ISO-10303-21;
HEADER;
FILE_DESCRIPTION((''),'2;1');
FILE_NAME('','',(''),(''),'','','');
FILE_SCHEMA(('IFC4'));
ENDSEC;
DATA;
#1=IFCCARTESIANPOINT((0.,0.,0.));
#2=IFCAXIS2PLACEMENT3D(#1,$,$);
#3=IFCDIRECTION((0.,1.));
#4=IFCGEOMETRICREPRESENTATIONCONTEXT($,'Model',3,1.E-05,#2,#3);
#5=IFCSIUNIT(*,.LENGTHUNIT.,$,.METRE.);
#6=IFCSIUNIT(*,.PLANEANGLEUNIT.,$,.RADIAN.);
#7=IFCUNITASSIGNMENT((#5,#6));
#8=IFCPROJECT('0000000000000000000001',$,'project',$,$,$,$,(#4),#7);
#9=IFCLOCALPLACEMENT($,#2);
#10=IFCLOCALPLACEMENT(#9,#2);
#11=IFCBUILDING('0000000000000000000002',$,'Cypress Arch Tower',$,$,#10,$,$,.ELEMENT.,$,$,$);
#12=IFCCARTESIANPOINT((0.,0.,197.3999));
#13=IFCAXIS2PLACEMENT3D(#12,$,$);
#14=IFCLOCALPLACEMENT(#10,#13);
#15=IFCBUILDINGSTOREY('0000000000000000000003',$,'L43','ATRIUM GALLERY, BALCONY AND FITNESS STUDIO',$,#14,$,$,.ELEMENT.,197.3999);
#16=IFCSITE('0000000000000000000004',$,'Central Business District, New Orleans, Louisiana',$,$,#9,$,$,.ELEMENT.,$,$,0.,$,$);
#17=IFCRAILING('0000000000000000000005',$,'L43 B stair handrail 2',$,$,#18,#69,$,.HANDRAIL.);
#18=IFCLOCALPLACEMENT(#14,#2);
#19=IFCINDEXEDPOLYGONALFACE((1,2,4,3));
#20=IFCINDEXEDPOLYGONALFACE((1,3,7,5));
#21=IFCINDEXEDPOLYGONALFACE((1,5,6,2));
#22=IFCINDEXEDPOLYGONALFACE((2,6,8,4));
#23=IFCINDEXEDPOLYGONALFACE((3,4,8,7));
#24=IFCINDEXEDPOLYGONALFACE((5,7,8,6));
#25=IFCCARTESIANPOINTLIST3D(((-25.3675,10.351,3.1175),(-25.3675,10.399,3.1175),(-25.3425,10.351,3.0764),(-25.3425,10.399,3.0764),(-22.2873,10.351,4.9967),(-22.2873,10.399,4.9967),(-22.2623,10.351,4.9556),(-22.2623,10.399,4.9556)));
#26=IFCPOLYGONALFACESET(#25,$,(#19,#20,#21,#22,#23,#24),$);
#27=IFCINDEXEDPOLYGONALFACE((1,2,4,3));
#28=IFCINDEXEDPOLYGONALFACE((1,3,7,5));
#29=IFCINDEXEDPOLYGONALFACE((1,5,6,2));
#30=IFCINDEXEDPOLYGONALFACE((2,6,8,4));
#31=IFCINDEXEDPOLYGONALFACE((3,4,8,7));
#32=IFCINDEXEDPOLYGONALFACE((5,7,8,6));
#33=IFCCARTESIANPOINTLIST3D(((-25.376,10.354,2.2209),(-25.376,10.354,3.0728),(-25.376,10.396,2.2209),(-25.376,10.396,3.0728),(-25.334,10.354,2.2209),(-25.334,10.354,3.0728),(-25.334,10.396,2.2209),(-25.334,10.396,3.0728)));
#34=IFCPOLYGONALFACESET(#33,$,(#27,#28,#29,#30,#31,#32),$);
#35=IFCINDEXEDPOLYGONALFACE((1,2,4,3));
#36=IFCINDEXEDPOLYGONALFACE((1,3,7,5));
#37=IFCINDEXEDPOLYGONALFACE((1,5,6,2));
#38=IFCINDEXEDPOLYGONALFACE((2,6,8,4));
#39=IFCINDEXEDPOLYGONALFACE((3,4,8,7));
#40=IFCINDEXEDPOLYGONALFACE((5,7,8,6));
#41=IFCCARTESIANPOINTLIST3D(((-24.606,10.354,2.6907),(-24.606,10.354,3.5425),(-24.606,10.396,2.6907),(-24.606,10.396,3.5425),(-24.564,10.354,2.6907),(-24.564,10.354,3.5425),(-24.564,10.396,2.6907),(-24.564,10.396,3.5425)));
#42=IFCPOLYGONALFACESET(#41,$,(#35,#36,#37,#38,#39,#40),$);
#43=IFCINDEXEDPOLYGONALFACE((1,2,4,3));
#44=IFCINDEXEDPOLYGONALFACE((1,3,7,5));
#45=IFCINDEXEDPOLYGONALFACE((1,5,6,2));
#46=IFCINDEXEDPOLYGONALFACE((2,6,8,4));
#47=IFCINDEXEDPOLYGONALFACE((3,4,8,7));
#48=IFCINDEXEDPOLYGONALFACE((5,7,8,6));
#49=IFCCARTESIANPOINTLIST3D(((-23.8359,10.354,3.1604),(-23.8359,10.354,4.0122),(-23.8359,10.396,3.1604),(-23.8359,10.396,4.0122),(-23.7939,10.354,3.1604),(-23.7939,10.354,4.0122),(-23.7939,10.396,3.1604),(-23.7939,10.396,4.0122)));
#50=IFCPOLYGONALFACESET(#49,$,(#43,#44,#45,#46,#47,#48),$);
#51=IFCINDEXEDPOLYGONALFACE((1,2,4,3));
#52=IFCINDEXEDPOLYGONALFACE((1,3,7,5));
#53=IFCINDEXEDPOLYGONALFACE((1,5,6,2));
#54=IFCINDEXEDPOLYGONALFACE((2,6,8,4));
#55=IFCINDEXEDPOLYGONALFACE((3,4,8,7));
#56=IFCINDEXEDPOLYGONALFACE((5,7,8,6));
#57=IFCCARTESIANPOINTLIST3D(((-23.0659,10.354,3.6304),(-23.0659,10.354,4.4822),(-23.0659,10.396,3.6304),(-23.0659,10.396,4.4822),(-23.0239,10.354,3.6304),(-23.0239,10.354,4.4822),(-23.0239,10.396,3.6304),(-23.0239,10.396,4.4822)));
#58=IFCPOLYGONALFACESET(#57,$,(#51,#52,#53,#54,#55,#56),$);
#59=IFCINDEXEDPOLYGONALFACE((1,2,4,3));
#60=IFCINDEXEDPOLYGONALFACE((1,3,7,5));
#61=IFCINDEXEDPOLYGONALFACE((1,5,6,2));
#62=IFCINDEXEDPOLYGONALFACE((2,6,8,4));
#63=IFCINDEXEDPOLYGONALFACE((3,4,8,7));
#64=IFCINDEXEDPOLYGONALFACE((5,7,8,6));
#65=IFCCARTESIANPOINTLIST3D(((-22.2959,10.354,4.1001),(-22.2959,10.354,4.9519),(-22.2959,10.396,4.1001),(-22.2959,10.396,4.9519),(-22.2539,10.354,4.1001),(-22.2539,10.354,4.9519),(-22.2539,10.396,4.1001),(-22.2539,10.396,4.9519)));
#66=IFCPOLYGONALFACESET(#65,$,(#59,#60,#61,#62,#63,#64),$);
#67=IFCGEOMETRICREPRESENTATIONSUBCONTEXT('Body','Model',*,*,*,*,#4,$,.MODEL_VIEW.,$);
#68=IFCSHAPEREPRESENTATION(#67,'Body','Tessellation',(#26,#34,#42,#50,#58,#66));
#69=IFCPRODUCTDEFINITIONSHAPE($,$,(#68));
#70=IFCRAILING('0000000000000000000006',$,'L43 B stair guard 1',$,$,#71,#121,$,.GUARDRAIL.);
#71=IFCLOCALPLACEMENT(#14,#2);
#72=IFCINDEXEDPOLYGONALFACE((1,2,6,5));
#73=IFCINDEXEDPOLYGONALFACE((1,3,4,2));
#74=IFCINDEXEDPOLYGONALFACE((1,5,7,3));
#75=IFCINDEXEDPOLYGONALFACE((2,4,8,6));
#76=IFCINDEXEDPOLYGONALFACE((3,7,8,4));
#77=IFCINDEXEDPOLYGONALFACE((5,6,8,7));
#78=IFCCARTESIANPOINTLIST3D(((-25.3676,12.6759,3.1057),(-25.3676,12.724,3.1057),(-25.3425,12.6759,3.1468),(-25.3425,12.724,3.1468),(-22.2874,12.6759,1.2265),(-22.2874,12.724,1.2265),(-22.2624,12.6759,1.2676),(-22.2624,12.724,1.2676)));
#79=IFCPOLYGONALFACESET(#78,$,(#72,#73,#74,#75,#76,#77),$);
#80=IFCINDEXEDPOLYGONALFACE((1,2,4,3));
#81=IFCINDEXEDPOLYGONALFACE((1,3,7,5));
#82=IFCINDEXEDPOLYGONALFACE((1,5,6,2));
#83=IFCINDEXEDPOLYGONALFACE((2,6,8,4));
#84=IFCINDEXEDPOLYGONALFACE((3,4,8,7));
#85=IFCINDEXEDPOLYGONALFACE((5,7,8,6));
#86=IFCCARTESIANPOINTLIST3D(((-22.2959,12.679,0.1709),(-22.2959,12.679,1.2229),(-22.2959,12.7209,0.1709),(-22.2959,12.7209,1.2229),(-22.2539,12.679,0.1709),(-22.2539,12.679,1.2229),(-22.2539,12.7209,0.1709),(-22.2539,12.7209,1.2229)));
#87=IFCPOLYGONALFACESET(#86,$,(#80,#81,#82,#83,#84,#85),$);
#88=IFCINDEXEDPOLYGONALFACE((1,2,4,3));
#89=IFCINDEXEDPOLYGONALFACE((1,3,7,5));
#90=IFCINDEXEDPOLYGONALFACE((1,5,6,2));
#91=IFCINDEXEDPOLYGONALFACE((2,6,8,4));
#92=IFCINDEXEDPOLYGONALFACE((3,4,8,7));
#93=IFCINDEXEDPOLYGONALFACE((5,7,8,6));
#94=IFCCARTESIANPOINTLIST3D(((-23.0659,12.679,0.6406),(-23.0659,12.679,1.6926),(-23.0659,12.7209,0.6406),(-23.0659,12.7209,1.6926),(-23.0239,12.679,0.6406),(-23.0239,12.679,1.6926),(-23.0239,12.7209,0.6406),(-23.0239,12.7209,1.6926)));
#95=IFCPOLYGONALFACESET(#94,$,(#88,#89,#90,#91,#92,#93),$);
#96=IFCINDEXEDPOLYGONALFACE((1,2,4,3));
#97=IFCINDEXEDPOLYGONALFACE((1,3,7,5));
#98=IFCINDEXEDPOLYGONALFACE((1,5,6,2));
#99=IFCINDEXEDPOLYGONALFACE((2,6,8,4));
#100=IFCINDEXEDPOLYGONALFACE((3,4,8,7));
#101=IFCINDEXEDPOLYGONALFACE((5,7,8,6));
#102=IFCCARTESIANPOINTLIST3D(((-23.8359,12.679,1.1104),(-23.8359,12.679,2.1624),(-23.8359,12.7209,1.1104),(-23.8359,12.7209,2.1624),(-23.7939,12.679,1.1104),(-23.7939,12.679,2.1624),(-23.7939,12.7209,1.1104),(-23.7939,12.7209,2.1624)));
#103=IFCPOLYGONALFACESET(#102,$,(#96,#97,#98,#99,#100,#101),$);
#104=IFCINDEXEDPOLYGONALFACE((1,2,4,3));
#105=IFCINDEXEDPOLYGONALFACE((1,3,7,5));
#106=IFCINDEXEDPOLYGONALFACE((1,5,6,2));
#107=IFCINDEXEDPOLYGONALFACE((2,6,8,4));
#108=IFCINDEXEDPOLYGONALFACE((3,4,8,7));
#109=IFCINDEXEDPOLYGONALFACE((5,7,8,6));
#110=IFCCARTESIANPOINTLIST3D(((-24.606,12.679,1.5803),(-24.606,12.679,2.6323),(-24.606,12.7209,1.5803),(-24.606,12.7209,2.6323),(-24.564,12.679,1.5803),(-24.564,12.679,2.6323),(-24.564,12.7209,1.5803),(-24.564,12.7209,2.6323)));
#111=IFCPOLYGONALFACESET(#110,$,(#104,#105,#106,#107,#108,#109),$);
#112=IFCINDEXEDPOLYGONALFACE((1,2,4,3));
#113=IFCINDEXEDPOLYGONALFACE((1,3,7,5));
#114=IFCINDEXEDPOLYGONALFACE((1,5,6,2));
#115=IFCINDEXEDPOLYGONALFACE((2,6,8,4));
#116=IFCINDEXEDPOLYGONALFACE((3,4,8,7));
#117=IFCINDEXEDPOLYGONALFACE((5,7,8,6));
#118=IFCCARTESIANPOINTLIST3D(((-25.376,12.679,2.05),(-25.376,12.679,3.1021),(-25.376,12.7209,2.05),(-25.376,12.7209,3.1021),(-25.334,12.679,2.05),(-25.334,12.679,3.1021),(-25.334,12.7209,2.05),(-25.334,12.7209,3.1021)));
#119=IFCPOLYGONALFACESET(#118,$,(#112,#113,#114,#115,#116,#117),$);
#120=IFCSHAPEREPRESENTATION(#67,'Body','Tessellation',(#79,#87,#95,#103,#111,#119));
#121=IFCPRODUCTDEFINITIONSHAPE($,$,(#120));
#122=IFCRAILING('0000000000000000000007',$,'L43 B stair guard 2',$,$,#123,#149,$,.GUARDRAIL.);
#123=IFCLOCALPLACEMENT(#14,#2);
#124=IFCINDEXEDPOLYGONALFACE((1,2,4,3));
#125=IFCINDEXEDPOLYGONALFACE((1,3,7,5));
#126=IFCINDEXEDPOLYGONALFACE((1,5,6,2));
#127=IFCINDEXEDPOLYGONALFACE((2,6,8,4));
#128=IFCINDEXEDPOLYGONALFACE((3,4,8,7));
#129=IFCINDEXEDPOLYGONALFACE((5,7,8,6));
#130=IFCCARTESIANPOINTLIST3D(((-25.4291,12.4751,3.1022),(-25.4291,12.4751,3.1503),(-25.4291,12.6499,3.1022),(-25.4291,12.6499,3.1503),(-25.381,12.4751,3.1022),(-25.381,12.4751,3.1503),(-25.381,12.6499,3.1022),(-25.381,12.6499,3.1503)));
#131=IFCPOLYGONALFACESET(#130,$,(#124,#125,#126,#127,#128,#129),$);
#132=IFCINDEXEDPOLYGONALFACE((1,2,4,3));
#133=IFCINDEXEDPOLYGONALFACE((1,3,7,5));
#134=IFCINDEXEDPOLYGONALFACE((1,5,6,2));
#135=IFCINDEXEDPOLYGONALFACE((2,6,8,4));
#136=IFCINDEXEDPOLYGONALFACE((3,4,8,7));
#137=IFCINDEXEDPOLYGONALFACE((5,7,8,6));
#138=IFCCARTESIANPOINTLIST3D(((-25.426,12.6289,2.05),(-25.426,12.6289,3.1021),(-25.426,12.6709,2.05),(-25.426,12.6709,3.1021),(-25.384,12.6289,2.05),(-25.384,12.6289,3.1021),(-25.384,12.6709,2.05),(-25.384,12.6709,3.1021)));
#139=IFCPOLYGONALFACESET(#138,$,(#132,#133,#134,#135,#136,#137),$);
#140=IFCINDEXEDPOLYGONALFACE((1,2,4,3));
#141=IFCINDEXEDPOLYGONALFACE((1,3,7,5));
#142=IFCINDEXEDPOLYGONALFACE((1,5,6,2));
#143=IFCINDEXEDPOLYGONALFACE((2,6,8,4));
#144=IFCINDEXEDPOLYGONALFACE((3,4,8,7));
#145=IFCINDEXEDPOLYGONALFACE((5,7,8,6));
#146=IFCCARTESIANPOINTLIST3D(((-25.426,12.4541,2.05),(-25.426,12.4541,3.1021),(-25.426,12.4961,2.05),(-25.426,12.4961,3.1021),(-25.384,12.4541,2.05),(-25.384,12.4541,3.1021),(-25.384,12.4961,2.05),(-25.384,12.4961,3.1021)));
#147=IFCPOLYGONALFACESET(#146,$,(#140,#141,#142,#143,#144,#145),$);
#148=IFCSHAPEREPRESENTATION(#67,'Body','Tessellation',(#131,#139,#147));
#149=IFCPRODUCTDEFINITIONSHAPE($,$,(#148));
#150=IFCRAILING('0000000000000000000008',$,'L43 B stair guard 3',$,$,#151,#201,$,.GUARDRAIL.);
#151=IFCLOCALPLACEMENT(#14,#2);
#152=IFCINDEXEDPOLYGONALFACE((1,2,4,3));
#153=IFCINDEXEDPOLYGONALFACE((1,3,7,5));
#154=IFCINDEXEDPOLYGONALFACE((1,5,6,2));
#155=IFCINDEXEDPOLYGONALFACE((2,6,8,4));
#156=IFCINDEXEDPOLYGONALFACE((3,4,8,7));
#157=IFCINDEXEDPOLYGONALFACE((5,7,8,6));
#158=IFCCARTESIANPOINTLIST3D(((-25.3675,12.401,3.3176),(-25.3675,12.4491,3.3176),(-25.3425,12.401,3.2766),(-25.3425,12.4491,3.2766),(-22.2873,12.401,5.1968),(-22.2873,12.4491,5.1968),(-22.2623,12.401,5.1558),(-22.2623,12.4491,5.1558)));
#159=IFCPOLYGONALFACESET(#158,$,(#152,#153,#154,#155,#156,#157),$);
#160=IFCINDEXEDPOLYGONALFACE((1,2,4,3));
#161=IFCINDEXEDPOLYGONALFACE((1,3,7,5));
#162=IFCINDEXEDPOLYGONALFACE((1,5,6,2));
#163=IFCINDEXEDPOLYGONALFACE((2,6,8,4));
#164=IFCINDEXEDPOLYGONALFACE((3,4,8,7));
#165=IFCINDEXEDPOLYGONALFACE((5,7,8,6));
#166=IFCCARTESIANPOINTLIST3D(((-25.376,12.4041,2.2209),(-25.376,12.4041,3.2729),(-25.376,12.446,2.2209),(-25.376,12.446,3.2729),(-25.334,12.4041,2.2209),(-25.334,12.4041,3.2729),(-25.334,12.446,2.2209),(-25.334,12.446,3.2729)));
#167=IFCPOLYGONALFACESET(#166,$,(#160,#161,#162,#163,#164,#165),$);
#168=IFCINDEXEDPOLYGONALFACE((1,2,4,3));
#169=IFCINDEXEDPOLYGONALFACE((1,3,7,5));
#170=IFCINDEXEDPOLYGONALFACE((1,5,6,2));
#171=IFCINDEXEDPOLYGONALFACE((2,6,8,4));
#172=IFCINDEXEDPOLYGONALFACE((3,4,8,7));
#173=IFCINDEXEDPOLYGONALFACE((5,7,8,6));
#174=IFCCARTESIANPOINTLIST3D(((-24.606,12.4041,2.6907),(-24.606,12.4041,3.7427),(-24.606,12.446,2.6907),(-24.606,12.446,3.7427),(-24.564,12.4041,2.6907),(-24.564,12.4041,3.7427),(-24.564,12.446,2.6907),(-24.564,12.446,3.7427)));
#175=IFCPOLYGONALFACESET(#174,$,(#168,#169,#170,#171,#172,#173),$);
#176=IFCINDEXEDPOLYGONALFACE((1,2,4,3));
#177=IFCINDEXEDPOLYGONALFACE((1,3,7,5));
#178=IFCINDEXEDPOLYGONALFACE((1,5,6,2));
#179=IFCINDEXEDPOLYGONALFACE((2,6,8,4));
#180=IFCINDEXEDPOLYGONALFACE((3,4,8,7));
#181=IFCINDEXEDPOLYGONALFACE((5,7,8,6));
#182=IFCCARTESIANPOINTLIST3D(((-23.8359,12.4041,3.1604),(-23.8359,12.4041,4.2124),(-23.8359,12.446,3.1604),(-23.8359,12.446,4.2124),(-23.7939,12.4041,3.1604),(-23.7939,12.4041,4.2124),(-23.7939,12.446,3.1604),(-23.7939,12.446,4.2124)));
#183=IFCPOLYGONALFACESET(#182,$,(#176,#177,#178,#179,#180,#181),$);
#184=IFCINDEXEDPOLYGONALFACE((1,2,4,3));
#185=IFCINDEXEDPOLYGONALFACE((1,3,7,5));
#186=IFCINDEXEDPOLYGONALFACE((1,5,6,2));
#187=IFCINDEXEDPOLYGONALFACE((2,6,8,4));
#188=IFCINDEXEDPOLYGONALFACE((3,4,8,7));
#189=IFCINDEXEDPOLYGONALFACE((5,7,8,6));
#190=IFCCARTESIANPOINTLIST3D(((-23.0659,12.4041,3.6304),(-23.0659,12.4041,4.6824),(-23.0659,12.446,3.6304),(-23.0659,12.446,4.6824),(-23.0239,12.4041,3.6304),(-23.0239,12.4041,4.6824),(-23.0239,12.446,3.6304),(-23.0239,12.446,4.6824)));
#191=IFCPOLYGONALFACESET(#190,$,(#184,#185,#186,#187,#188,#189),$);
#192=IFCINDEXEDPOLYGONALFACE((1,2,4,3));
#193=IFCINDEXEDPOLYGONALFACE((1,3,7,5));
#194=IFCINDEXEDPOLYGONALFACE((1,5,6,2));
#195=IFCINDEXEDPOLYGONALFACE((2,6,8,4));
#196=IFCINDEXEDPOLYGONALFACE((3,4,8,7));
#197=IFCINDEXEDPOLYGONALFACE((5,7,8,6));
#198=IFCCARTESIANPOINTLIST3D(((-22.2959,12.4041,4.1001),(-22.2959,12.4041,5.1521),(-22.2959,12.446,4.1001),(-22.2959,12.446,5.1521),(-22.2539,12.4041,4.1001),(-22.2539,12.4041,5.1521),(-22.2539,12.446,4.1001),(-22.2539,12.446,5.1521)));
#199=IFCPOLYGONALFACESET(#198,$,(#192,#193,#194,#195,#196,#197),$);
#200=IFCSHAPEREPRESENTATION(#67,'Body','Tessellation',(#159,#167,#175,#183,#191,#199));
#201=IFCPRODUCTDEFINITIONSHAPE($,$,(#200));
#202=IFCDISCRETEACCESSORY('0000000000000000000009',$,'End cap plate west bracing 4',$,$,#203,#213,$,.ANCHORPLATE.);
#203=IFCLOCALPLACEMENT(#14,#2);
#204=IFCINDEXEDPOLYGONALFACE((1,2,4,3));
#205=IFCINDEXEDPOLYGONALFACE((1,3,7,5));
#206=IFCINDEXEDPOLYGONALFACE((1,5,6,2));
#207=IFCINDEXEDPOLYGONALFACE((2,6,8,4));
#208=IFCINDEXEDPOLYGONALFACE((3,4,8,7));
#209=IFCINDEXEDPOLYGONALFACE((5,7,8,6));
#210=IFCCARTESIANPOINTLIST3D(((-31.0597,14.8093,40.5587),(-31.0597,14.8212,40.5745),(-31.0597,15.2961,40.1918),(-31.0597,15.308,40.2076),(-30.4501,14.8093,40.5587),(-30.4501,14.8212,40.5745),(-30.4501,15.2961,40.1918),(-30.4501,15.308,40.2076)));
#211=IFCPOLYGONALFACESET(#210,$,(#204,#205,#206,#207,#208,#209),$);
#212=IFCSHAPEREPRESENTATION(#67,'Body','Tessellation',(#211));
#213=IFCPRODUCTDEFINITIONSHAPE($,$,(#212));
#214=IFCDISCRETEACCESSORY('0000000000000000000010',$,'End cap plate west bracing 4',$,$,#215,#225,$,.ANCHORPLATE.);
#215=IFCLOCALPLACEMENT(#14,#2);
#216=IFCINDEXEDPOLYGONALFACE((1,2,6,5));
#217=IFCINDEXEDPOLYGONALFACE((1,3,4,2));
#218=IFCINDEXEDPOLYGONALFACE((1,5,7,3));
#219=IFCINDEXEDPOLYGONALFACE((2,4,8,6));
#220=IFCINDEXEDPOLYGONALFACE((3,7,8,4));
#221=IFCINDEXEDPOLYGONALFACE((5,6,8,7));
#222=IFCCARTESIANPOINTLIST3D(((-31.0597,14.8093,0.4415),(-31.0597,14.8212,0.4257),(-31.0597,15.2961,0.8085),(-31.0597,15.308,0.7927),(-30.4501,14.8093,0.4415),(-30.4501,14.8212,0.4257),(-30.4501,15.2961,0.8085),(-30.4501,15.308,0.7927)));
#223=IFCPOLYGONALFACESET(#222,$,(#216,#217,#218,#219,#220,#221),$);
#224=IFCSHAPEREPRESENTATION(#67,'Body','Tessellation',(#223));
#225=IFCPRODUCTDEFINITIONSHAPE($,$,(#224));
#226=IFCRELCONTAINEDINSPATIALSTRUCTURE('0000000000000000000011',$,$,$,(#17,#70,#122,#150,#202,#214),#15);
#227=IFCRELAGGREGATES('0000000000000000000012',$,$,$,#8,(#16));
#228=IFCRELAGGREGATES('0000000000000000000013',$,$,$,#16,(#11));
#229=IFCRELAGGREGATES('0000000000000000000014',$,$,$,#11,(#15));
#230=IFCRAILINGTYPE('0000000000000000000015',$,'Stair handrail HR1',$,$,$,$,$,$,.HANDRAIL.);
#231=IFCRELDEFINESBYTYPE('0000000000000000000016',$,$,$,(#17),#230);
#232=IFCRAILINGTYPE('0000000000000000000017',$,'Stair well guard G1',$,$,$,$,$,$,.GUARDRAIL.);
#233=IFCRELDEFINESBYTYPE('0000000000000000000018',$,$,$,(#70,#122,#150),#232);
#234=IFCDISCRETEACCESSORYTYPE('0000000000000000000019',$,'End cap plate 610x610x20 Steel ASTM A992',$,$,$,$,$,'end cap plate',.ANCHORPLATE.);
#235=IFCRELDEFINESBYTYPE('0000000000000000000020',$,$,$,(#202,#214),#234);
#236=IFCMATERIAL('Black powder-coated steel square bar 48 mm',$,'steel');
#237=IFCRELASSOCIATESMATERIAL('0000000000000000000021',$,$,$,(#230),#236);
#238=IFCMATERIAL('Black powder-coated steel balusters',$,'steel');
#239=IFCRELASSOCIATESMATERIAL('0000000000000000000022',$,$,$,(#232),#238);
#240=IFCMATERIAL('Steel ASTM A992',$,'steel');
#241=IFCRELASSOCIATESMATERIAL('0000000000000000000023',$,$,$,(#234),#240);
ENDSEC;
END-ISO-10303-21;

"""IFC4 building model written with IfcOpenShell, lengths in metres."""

from ifc_helpers import new_model, si_unit, direction, frame, origin, origin_2d, place, context, subcontext, project, spatial, rectangle, extrude, material, material_profile, profile_set, type_object, element, save


model = new_model("IFC4")

# Units and contexts
model_context = context("Model", 3, precision=1e-05, world=origin(), true_north=direction((0.0, 1.0)))
body_context = subcontext(model_context, "Body", "Model", "MODEL_VIEW")
ifc_project = project(units=[si_unit("LENGTHUNIT", "METRE"), si_unit("PLANEANGLEUNIT", "RADIAN")], contexts=[model_context])

# Site, building, storey
site_placement = place(None, origin())
site = spatial("IfcSite", under=ifc_project, at=site_placement, Name="Central Business District, New Orleans, Louisiana", CompositionType="ELEMENT", RefElevation=0.0)
building_placement = place(site_placement, origin())
building = spatial("IfcBuilding", under=site, at=building_placement, Name="Cypress Arch Tower", CompositionType="ELEMENT")
storey_placement = place(building_placement, frame((0.0, 0.0, 197.3999)))
storey = spatial("IfcBuildingStorey", under=building, at=storey_placement, Name="L43", Description="ATRIUM GALLERY, BALCONY AND FITNESS STUDIO", CompositionType="ELEMENT", Elevation=197.3999)

# Railings
ifc_material_1 = material(Name="Black powder-coated steel square bar 48 mm", Category="steel")
railing_type_1 = type_object("IfcRailingType", Name="Stair handrail HR1", PredefinedType="HANDRAIL", material=ifc_material_1)
railing_1_placement = place(storey_placement, frame((-25.355, 10.375, 2.2209)))
element("IfcRailing", 1, at=railing_1_placement, inside=storey, type_object=railing_type_1, Name="L43 B stair handrail 2", PredefinedType="HANDRAIL", context=body_context, shape_type="SweptSolid", body=[
    extrude(rectangle(XDim=0.0481, YDim=0.0481, at=origin_2d()), frame((0.0, 0.0, 0.876), z_axis=(0.853666, 0.0, 0.52082), x_axis=(0.0, 1.0, 0.0)), (0.0, 0.0, 1.0), 3.6082),
    extrude(rectangle(XDim=0.042, YDim=0.042, at=origin_2d()), origin(), (0.0, 0.0, 1.0), 0.8518),
    extrude(rectangle(XDim=0.042, YDim=0.042, at=origin_2d()), frame((0.77, 0.0, 0.4697)), (0.0, 0.0, 1.0), 0.8518),
    extrude(rectangle(XDim=0.042, YDim=0.042, at=origin_2d()), frame((1.54, 0.0, 0.9395)), (0.0, 0.0, 1.0), 0.8518),
    extrude(rectangle(XDim=0.042, YDim=0.042, at=origin_2d()), frame((2.3101, 0.0, 1.4094)), (0.0, 0.0, 1.0), 0.8518),
    extrude(rectangle(XDim=0.042, YDim=0.042, at=origin_2d()), frame((3.0801, 0.0, 1.8792)), (0.0, 0.0, 1.0), 0.8518),
])
ifc_material_2 = material(Name="Black powder-coated steel balusters", Category="steel")
railing_type_2 = type_object("IfcRailingType", Name="Stair well guard G1", PredefinedType="GUARDRAIL", material=ifc_material_2)
railing_2_placement = place(storey_placement, frame((-22.2749, 12.7, 0.1709)))
element("IfcRailing", 2, at=railing_2_placement, inside=storey, type_object=railing_type_2, Name="L43 B stair guard 1", PredefinedType="GUARDRAIL", context=body_context, shape_type="SweptSolid", body=[
    extrude(rectangle(XDim=0.0481, YDim=0.0481, at=origin_2d()), frame((0.0, 0.0, 1.0762), z_axis=(-0.853666, 0.0, 0.52082), x_axis=(0.0, -1.0, 0.0)), (0.0, 0.0, 1.0), 3.6082),
    extrude(rectangle(XDim=0.042, YDim=0.042, at=origin_2d()), origin(), (0.0, 0.0, 1.0), 1.052),
    extrude(rectangle(XDim=0.042, YDim=0.042, at=origin_2d()), frame((-0.77, 0.0, 0.4697)), (0.0, 0.0, 1.0), 1.052),
    extrude(rectangle(XDim=0.042, YDim=0.042, at=origin_2d()), frame((-1.54, 0.0, 0.9395)), (0.0, 0.0, 1.0), 1.052),
    extrude(rectangle(XDim=0.042, YDim=0.042, at=origin_2d()), frame((-2.3101, 0.0, 1.4094)), (0.0, 0.0, 1.0), 1.052),
    extrude(rectangle(XDim=0.042, YDim=0.042, at=origin_2d()), frame((-3.0801, 0.0, 1.8792)), (0.0, 0.0, 1.0), 1.052),
])
railing_3_placement = place(storey_placement, frame((-25.405, 12.6499, 2.05)))
element("IfcRailing", 3, at=railing_3_placement, inside=storey, type_object=railing_type_2, Name="L43 B stair guard 2", PredefinedType="GUARDRAIL", context=body_context, shape_type="SweptSolid", body=[
    extrude(rectangle(XDim=0.0481, YDim=0.0481, at=origin_2d()), frame((0.0, 0.0, 1.0762), z_axis=(0.0, -1.0, 0.0), x_axis=(1.0, 0.0, 0.0)), (0.0, 0.0, 1.0), 0.1748),
    extrude(rectangle(XDim=0.042, YDim=0.042, at=origin_2d()), origin(), (0.0, 0.0, 1.0), 1.052),
    extrude(rectangle(XDim=0.042, YDim=0.042, at=origin_2d()), frame((0.0, -0.1748, 0.0)), (0.0, 0.0, 1.0), 1.052),
])
railing_4_placement = place(storey_placement, frame((-25.355, 12.425, 2.2209)))
element("IfcRailing", 4, at=railing_4_placement, inside=storey, type_object=railing_type_2, Name="L43 B stair guard 3", PredefinedType="GUARDRAIL", context=body_context, shape_type="SweptSolid", body=[
    extrude(rectangle(XDim=0.0481, YDim=0.0481, at=origin_2d()), frame((0.0, 0.0, 1.0762), z_axis=(0.853666, 0.0, 0.52082), x_axis=(0.0, 1.0, 0.0)), (0.0, 0.0, 1.0), 3.6082),
    extrude(rectangle(XDim=0.042, YDim=0.042, at=origin_2d()), origin(), (0.0, 0.0, 1.0), 1.052),
    extrude(rectangle(XDim=0.042, YDim=0.042, at=origin_2d()), frame((0.77, 0.0, 0.4697)), (0.0, 0.0, 1.0), 1.052),
    extrude(rectangle(XDim=0.042, YDim=0.042, at=origin_2d()), frame((1.54, 0.0, 0.9395)), (0.0, 0.0, 1.0), 1.052),
    extrude(rectangle(XDim=0.042, YDim=0.042, at=origin_2d()), frame((2.3101, 0.0, 1.4094)), (0.0, 0.0, 1.0), 1.052),
    extrude(rectangle(XDim=0.042, YDim=0.042, at=origin_2d()), frame((3.0801, 0.0, 1.8792)), (0.0, 0.0, 1.0), 1.052),
])

# Discrete accessories
ifc_material_3 = material(Name="Steel ASTM A992", Category="steel")
ifc_material_profile_1 = material_profile(ifc_material_3, rectangle(XDim=0.6096, YDim=0.6096, at=origin_2d()), Name="PL 20 610x610")
ifc_profile_set_1 = profile_set([ifc_material_profile_1], Name="Steel ASTM A992")
discrete_accessory_type_1 = type_object("IfcDiscreteAccessoryType", Name="End cap plate 610x610x20 Steel ASTM A992", ElementType="end cap plate", PredefinedType="ANCHORPLATE", material=ifc_profile_set_1)
for number, where, z_axis, x_axis, name in (
    (5, (-30.7549, 15.0527, 40.3752), (0.0, 0.601964, 0.798523), (-1.0, 0.0, 0.0), "End cap plate west bracing 4"),
    (6, (-30.7549, 15.0527, 0.625), (0.0, 0.601964, -0.798523), (-1.0, 0.0, 0.0), "End cap plate west bracing 4"),
):
    element("IfcDiscreteAccessory", number, at=place(storey_placement, frame(where, z_axis=z_axis, x_axis=x_axis)), inside=storey, type_object=discrete_accessory_type_1, Name=name, PredefinedType="ANCHORPLATE", context=body_context, shape_type="SweptSolid", body=[
        extrude(rectangle(XDim=0.6096, YDim=0.6096, at=origin_2d()), origin(), (0.0, 0.0, 1.0), 0.0198),
    ])

save(model, "model.ifc")
